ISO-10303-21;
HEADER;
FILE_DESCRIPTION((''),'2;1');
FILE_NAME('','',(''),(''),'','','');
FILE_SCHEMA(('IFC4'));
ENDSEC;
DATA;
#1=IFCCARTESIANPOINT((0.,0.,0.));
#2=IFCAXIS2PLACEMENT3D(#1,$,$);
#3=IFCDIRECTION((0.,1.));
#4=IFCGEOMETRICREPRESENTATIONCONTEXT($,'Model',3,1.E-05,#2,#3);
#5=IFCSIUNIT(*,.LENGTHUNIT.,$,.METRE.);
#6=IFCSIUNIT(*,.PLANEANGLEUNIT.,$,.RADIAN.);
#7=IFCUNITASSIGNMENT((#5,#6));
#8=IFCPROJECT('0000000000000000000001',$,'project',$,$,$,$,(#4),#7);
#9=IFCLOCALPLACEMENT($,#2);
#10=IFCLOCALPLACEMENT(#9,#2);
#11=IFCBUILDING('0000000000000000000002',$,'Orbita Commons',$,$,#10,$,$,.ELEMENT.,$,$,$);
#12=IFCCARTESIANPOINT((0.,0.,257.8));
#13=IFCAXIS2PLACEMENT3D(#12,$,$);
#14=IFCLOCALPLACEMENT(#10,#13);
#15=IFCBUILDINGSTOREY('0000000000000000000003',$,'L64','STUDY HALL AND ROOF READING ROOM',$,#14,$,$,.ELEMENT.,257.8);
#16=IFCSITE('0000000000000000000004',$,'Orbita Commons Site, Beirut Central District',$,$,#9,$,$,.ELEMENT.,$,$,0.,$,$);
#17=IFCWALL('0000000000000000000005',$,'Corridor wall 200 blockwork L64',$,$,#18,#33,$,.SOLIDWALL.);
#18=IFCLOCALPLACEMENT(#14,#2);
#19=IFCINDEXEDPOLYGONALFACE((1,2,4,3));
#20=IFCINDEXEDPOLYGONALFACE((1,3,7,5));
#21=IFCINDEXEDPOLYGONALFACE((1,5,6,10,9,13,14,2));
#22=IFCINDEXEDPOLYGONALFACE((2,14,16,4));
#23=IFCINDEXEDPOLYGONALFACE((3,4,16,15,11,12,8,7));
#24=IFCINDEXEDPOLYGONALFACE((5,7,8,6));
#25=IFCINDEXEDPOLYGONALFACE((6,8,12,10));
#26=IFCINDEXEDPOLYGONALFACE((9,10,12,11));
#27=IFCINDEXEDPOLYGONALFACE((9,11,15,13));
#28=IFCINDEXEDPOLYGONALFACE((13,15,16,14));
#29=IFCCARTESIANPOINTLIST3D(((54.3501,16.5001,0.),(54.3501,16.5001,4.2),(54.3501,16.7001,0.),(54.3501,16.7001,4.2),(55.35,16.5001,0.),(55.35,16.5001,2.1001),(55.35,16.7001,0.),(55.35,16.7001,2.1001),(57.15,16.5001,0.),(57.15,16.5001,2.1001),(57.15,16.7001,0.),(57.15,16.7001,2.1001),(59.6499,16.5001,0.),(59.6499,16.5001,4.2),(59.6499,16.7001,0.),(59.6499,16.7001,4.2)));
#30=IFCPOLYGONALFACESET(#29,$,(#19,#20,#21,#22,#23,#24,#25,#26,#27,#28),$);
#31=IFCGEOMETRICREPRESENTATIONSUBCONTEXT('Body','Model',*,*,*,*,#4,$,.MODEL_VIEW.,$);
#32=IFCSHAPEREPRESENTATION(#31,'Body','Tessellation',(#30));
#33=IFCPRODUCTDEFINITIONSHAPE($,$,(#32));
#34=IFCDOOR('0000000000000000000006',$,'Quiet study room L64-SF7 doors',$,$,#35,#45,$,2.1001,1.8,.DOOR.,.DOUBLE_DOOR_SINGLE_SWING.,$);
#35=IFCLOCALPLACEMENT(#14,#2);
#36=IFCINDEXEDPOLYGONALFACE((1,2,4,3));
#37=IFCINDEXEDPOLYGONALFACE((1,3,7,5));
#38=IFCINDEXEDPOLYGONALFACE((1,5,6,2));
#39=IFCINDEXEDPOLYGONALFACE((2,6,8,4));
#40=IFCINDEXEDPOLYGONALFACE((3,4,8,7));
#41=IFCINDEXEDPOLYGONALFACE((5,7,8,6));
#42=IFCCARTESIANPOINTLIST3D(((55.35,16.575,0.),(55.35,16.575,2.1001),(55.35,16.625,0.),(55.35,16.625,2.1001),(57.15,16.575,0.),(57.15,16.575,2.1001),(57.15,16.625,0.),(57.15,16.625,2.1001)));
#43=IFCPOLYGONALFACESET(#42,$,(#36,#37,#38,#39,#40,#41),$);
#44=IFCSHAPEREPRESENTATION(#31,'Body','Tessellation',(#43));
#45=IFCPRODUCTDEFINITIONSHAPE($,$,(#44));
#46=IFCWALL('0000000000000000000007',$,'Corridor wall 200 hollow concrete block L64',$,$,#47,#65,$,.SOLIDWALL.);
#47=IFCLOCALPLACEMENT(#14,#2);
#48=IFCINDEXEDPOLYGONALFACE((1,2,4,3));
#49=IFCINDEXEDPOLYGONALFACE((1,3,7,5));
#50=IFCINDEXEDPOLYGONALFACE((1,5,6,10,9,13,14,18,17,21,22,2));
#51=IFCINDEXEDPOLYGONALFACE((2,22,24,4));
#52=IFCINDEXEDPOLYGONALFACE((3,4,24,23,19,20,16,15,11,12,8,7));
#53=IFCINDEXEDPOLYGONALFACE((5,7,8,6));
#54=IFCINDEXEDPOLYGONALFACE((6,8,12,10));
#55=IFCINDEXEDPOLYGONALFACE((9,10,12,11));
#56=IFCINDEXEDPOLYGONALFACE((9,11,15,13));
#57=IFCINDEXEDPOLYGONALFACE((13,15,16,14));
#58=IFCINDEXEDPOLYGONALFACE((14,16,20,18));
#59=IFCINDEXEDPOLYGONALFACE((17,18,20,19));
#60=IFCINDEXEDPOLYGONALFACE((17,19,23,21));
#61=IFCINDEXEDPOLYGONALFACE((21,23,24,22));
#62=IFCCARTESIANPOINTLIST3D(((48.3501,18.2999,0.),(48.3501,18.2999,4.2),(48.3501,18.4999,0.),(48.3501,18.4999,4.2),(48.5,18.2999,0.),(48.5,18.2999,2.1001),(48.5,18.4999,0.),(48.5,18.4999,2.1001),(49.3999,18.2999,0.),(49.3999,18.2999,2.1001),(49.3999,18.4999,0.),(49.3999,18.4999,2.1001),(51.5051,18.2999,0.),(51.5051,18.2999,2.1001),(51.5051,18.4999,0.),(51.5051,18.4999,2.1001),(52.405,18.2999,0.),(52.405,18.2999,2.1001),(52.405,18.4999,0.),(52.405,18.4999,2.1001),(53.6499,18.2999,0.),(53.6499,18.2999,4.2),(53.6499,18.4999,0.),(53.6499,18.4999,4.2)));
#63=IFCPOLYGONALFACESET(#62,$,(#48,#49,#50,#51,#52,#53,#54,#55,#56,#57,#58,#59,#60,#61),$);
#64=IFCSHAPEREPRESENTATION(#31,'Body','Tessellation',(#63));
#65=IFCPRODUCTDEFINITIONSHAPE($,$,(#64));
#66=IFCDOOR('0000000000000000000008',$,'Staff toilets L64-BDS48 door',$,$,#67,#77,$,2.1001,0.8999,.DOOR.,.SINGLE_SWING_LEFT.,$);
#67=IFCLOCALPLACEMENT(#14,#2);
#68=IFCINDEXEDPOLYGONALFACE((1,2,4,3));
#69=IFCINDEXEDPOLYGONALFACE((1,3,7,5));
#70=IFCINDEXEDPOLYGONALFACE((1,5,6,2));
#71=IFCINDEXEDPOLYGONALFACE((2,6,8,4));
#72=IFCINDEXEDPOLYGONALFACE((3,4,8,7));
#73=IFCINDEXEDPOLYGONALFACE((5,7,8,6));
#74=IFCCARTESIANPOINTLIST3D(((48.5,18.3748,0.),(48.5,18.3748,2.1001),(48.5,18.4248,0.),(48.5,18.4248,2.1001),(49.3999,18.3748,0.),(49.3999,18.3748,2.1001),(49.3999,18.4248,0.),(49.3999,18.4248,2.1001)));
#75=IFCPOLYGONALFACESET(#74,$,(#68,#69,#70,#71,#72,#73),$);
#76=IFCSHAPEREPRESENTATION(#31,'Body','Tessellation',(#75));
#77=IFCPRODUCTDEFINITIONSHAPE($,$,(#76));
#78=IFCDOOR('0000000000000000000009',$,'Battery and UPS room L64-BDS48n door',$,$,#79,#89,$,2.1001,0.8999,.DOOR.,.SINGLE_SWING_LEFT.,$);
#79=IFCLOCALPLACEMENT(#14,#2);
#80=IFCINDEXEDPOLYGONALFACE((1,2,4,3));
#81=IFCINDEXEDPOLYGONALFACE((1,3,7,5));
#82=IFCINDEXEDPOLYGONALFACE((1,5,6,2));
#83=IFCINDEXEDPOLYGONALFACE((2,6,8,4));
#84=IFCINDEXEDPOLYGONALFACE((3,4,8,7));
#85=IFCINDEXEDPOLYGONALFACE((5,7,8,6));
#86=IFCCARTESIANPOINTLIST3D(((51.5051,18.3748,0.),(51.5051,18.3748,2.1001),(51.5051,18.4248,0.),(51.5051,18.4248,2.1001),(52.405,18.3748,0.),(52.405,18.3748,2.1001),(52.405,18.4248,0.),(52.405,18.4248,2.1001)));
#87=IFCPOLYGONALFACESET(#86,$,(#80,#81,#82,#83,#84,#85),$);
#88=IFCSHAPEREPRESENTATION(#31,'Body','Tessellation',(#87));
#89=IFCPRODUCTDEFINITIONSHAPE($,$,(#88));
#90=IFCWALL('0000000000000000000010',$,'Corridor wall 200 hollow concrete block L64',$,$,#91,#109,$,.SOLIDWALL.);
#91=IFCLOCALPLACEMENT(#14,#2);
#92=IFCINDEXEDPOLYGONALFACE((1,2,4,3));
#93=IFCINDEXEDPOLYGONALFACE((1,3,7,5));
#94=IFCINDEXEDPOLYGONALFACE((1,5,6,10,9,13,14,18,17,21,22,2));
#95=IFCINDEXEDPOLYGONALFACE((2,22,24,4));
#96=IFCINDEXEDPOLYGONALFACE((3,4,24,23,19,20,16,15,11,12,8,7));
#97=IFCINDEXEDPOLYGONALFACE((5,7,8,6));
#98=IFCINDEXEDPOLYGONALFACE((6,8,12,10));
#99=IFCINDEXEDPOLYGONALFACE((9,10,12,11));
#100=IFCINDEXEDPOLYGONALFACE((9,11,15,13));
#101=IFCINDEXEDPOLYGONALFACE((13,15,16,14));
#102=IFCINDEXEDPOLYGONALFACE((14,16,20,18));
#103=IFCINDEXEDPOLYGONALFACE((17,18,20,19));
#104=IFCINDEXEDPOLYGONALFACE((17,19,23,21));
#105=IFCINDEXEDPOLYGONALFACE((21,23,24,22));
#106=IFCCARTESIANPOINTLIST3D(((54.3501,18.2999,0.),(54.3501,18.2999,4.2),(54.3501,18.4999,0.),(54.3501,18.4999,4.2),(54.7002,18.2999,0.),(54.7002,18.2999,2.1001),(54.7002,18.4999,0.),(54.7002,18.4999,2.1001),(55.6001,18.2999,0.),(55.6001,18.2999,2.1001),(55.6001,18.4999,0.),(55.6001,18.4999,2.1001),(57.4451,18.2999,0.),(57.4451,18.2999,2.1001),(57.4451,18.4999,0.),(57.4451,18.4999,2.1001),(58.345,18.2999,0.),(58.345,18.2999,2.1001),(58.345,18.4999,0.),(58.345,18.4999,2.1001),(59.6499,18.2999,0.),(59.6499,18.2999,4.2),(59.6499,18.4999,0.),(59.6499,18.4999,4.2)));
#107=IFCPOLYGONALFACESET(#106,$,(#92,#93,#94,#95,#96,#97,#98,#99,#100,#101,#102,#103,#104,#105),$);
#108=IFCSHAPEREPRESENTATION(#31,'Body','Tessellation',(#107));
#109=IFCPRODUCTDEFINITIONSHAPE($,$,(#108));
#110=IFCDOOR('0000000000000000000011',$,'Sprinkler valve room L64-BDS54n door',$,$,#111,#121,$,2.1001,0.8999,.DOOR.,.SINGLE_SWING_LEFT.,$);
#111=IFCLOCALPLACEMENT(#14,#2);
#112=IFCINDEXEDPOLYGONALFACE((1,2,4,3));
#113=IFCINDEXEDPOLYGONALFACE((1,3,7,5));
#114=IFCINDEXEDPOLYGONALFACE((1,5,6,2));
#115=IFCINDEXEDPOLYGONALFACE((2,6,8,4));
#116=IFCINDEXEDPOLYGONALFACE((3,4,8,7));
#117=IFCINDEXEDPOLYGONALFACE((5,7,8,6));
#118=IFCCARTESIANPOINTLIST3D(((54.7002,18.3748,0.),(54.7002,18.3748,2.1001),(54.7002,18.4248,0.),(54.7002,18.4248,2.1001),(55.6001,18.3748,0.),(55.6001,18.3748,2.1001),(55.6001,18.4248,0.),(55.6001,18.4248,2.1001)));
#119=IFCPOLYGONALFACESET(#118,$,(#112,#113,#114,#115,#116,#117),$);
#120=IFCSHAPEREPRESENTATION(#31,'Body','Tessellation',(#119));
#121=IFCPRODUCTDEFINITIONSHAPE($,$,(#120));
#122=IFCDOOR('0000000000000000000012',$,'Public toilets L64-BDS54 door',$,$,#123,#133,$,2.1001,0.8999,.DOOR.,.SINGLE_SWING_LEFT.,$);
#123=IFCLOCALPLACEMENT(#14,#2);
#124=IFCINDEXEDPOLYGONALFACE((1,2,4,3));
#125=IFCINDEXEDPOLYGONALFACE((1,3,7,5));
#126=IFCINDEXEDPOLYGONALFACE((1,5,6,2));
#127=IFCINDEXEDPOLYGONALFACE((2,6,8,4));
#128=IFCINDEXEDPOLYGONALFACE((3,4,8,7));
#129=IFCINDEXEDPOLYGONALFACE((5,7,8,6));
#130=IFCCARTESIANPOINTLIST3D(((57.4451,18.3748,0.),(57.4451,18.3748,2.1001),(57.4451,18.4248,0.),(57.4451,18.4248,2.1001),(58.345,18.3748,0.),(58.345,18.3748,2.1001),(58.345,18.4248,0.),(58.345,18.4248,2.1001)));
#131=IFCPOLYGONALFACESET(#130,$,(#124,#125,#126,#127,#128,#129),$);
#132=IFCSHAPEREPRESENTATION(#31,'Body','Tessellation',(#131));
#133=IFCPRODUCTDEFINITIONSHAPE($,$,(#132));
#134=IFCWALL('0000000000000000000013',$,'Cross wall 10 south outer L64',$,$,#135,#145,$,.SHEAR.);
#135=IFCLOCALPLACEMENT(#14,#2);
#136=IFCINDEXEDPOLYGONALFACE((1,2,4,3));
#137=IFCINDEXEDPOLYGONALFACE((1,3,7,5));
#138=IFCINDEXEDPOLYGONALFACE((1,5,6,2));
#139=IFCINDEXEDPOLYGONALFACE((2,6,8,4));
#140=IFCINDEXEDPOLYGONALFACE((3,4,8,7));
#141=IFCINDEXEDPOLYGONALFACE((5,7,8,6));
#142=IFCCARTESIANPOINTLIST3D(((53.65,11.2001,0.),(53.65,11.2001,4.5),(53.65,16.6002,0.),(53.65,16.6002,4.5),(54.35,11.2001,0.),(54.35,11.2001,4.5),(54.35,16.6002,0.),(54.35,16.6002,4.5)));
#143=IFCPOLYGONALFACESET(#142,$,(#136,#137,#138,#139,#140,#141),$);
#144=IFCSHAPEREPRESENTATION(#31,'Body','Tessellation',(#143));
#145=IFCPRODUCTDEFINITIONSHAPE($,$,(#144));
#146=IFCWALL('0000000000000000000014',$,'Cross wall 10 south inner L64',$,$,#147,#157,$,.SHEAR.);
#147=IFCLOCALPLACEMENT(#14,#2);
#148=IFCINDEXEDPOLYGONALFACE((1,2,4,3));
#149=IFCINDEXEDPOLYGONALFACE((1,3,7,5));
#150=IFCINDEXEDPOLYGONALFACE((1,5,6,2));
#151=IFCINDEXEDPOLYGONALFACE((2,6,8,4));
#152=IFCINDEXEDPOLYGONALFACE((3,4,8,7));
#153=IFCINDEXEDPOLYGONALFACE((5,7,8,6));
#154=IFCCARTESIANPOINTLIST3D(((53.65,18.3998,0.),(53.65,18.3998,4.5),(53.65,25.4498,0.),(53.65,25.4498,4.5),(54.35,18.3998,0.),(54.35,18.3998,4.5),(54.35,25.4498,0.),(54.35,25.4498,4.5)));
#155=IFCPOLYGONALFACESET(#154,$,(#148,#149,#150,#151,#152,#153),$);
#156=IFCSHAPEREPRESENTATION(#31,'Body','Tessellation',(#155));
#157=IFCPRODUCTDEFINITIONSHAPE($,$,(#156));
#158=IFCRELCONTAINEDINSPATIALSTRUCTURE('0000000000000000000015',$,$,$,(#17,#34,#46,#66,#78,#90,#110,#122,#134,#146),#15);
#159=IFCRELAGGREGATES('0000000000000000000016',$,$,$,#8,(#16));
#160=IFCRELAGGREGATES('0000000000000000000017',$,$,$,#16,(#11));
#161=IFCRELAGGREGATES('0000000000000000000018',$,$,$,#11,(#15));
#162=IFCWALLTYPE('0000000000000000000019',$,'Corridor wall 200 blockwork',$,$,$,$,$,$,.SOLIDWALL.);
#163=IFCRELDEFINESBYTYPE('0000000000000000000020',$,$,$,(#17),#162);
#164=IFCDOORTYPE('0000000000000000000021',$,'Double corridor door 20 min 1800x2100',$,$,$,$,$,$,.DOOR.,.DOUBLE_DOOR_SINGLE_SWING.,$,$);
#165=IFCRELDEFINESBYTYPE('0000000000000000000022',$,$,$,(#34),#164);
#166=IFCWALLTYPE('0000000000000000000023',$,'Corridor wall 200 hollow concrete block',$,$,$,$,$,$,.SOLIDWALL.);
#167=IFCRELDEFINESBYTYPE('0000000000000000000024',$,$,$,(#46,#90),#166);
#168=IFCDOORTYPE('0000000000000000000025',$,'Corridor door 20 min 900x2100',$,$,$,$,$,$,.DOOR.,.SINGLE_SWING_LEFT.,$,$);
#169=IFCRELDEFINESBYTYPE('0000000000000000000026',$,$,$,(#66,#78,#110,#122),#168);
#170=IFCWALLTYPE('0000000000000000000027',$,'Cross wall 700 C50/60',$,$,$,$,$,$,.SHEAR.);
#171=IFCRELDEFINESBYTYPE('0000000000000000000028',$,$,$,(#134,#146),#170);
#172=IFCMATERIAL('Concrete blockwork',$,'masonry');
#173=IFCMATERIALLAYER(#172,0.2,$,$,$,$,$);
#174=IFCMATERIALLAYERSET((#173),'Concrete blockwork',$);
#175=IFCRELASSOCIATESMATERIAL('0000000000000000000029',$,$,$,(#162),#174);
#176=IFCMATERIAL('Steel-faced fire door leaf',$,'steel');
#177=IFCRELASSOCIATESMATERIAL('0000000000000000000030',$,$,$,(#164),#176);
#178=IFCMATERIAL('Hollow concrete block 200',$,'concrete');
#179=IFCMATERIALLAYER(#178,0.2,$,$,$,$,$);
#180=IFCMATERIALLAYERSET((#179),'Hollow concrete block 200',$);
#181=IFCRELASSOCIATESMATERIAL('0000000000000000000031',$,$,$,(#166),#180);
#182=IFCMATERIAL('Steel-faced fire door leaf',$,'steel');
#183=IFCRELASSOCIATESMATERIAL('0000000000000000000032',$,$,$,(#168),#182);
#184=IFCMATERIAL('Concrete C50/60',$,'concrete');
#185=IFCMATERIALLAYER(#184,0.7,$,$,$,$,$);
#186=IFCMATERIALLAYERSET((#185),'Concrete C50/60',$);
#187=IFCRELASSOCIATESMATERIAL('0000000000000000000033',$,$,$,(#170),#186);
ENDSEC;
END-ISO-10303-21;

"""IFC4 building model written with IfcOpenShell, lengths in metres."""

from ifc_helpers import new_model, si_unit, direction, frame, frame_2d, origin, place, context, subcontext, project, spatial, rectangle, extrude, material, layer, layer_set, type_object, element, fill, save


model = new_model("IFC4")

# Units and contexts
model_context = context("Model", 3, precision=1e-05, world=origin(), true_north=direction((0.0, 1.0)))
body_context = subcontext(model_context, "Body", "Model", "MODEL_VIEW")
ifc_project = project(units=[si_unit("LENGTHUNIT", "METRE"), si_unit("PLANEANGLEUNIT", "RADIAN")], contexts=[model_context])

# Site, building, storey
site_placement = place(None, origin())
site = spatial("IfcSite", under=ifc_project, at=site_placement, Name="Orbita Commons Site, Beirut Central District", CompositionType="ELEMENT", RefElevation=0.0)
building_placement = place(site_placement, origin())
building = spatial("IfcBuilding", under=site, at=building_placement, Name="Orbita Commons", CompositionType="ELEMENT")
storey_placement = place(building_placement, frame((0.0, 0.0, 257.8)))
storey = spatial("IfcBuildingStorey", under=building, at=storey_placement, Name="L64", Description="STUDY HALL AND ROOF READING ROOM", CompositionType="ELEMENT", Elevation=257.8)

# Wall, opening, door
ifc_material_1 = material(Name="Concrete blockwork", Category="masonry")
ifc_layer_1 = layer(ifc_material_1, 0.2)
ifc_layer_set_1 = layer_set([ifc_layer_1], Name="Concrete blockwork")
wall_type_1 = type_object("IfcWallType", Name="Corridor wall 200 blockwork", PredefinedType="SOLIDWALL", material=ifc_layer_set_1)
wall_1_placement = place(storey_placement, frame((54.3501, 16.6001, 0.0), z_axis=(0.0, 0.0, 1.0), x_axis=(1.0, 0.0, 0.0)))
wall_1 = element("IfcWall", 1, at=wall_1_placement, inside=storey, type_object=wall_type_1, Name="Corridor wall 200 blockwork L64", PredefinedType="SOLIDWALL", context=body_context, shape_type="SweptSolid", body=[
    extrude(rectangle(XDim=5.2998, YDim=0.2, at=frame_2d((2.6499, 0.0))), origin(), (0.0, 0.0, 1.0), 4.2),
])
opening_1_placement = place(wall_1_placement, frame((1.0, 0.0, 0.0)))
opening_1 = element("IfcOpeningElement", 2, at=opening_1_placement, cuts=wall_1, PredefinedType="OPENING", context=body_context, shape_type="SweptSolid", body=[
    extrude(rectangle(XDim=1.8, YDim=2.1001, at=frame_2d((0.8999, 1.05))), frame((0.0, 0.1099, 0.0), z_axis=(0.0, -1.0, 0.0), x_axis=(1.0, 0.0, 0.0)), (0.0, 0.0, 1.0), 0.22),
])
ifc_material_2 = material(Name="Steel-faced fire door leaf", Category="steel")
door_type_1 = type_object("IfcDoorType", Name="Double corridor door 20 min 1800x2100", OperationType="DOUBLE_DOOR_SINGLE_SWING", PredefinedType="DOOR", material=ifc_material_2)
door_1_placement = place(opening_1_placement, origin())
door_1 = element("IfcDoor", 3, at=door_1_placement, inside=storey, type_object=door_type_1, Name="Quiet study room L64-SF7 doors", OperationType="DOUBLE_DOOR_SINGLE_SWING", OverallHeight=2.1001, OverallWidth=1.8, PredefinedType="DOOR", context=body_context, shape_type="SweptSolid", body=[
    extrude(rectangle(XDim=1.8, YDim=2.1001, at=frame_2d((0.8999, 1.05))), frame((0.0, 0.0249, 0.0), z_axis=(0.0, -1.0, 0.0), x_axis=(1.0, 0.0, 0.0)), (0.0, 0.0, 1.0), 0.05),
])
fill(opening_1, door_1)

# Walls, openings, doors
ifc_material_3 = material(Name="Hollow concrete block 200", Category="concrete")
ifc_layer_2 = layer(ifc_material_3, 0.2)
ifc_layer_set_2 = layer_set([ifc_layer_2], Name="Hollow concrete block 200")
wall_type_2 = type_object("IfcWallType", Name="Corridor wall 200 hollow concrete block", PredefinedType="SOLIDWALL", material=ifc_layer_set_2)
wall_2_placement = place(storey_placement, frame((48.3501, 18.3999, 0.0), z_axis=(0.0, 0.0, 1.0), x_axis=(1.0, 0.0, 0.0)))
wall_2 = element("IfcWall", 4, at=wall_2_placement, inside=storey, type_object=wall_type_2, Name="Corridor wall 200 hollow concrete block L64", PredefinedType="SOLIDWALL", context=body_context, shape_type="SweptSolid", body=[
    extrude(rectangle(XDim=5.2998, YDim=0.2, at=frame_2d((2.6499, 0.0))), origin(), (0.0, 0.0, 1.0), 4.2),
])
opening_2_placement = place(wall_2_placement, frame((0.1499, 0.0, 0.0)))
opening_2 = element("IfcOpeningElement", 5, at=opening_2_placement, cuts=wall_2, PredefinedType="OPENING", context=body_context, shape_type="SweptSolid", body=[
    extrude(rectangle(XDim=0.8999, YDim=2.1001, at=frame_2d((0.45, 1.05))), frame((0.0, 0.1099, 0.0), z_axis=(0.0, -1.0, 0.0), x_axis=(1.0, 0.0, 0.0)), (0.0, 0.0, 1.0), 0.22),
])
opening_3_placement = place(wall_2_placement, frame((3.155, 0.0, 0.0)))
opening_3 = element("IfcOpeningElement", 6, at=opening_3_placement, cuts=wall_2, PredefinedType="OPENING", context=body_context, shape_type="SweptSolid", body=[
    extrude(rectangle(XDim=0.8999, YDim=2.1001, at=frame_2d((0.45, 1.05))), frame((0.0, 0.1099, 0.0), z_axis=(0.0, -1.0, 0.0), x_axis=(1.0, 0.0, 0.0)), (0.0, 0.0, 1.0), 0.22),
])
ifc_material_4 = material(Name="Steel-faced fire door leaf", Category="steel")
door_type_2 = type_object("IfcDoorType", Name="Corridor door 20 min 900x2100", OperationType="SINGLE_SWING_LEFT", PredefinedType="DOOR", material=ifc_material_4)
door_2_placement = place(opening_2_placement, origin())
door_2 = element("IfcDoor", 7, at=door_2_placement, inside=storey, type_object=door_type_2, Name="Staff toilets L64-BDS48 door", OperationType="SINGLE_SWING_LEFT", OverallHeight=2.1001, OverallWidth=0.8999, PredefinedType="DOOR", context=body_context, shape_type="SweptSolid", body=[
    extrude(rectangle(XDim=0.8999, YDim=2.1001, at=frame_2d((0.45, 1.05))), frame((0.0, 0.0249, 0.0), z_axis=(0.0, -1.0, 0.0), x_axis=(1.0, 0.0, 0.0)), (0.0, 0.0, 1.0), 0.05),
])
fill(opening_2, door_2)
door_3_placement = place(opening_3_placement, origin())
door_3 = element("IfcDoor", 8, at=door_3_placement, inside=storey, type_object=door_type_2, Name="Battery and UPS room L64-BDS48n door", OperationType="SINGLE_SWING_LEFT", OverallHeight=2.1001, OverallWidth=0.8999, PredefinedType="DOOR", context=body_context, shape_type="SweptSolid", body=[
    extrude(rectangle(XDim=0.8999, YDim=2.1001, at=frame_2d((0.45, 1.05))), frame((0.0, 0.0249, 0.0), z_axis=(0.0, -1.0, 0.0), x_axis=(1.0, 0.0, 0.0)), (0.0, 0.0, 1.0), 0.05),
])
fill(opening_3, door_3)
wall_3_placement = place(storey_placement, frame((54.3501, 18.3999, 0.0), z_axis=(0.0, 0.0, 1.0), x_axis=(1.0, 0.0, 0.0)))
wall_3 = element("IfcWall", 9, at=wall_3_placement, inside=storey, type_object=wall_type_2, Name="Corridor wall 200 hollow concrete block L64", PredefinedType="SOLIDWALL", context=body_context, shape_type="SweptSolid", body=[
    extrude(rectangle(XDim=5.2998, YDim=0.2, at=frame_2d((2.6499, 0.0))), origin(), (0.0, 0.0, 1.0), 4.2),
])
opening_4_placement = place(wall_3_placement, frame((0.3501, 0.0, 0.0)))
opening_4 = element("IfcOpeningElement", 10, at=opening_4_placement, cuts=wall_3, PredefinedType="OPENING", context=body_context, shape_type="SweptSolid", body=[
    extrude(rectangle(XDim=0.8999, YDim=2.1001, at=frame_2d((0.45, 1.05))), frame((0.0, 0.1099, 0.0), z_axis=(0.0, -1.0, 0.0), x_axis=(1.0, 0.0, 0.0)), (0.0, 0.0, 1.0), 0.22),
])
opening_5_placement = place(wall_3_placement, frame((3.095, 0.0, 0.0)))
opening_5 = element("IfcOpeningElement", 11, at=opening_5_placement, cuts=wall_3, PredefinedType="OPENING", context=body_context, shape_type="SweptSolid", body=[
    extrude(rectangle(XDim=0.8999, YDim=2.1001, at=frame_2d((0.45, 1.05))), frame((0.0, 0.1099, 0.0), z_axis=(0.0, -1.0, 0.0), x_axis=(1.0, 0.0, 0.0)), (0.0, 0.0, 1.0), 0.22),
])
door_4_placement = place(opening_4_placement, origin())
door_4 = element("IfcDoor", 12, at=door_4_placement, inside=storey, type_object=door_type_2, Name="Sprinkler valve room L64-BDS54n door", OperationType="SINGLE_SWING_LEFT", OverallHeight=2.1001, OverallWidth=0.8999, PredefinedType="DOOR", context=body_context, shape_type="SweptSolid", body=[
    extrude(rectangle(XDim=0.8999, YDim=2.1001, at=frame_2d((0.45, 1.05))), frame((0.0, 0.0249, 0.0), z_axis=(0.0, -1.0, 0.0), x_axis=(1.0, 0.0, 0.0)), (0.0, 0.0, 1.0), 0.05),
])
fill(opening_4, door_4)
door_5_placement = place(opening_5_placement, origin())
door_5 = element("IfcDoor", 13, at=door_5_placement, inside=storey, type_object=door_type_2, Name="Public toilets L64-BDS54 door", OperationType="SINGLE_SWING_LEFT", OverallHeight=2.1001, OverallWidth=0.8999, PredefinedType="DOOR", context=body_context, shape_type="SweptSolid", body=[
    extrude(rectangle(XDim=0.8999, YDim=2.1001, at=frame_2d((0.45, 1.05))), frame((0.0, 0.0249, 0.0), z_axis=(0.0, -1.0, 0.0), x_axis=(1.0, 0.0, 0.0)), (0.0, 0.0, 1.0), 0.05),
])
fill(opening_5, door_5)

# Walls
ifc_material_5 = material(Name="Concrete C50/60", Category="concrete")
ifc_layer_3 = layer(ifc_material_5, 0.7)
ifc_layer_set_3 = layer_set([ifc_layer_3], Name="Concrete C50/60")
wall_type_3 = type_object("IfcWallType", Name="Cross wall 700 C50/60", PredefinedType="SHEAR", material=ifc_layer_set_3)
wall_4_placement = place(storey_placement, frame((54.0, 11.2, 0.0), z_axis=(0.0, 0.0, 1.0), x_axis=(0.0, 1.0, 0.0)))
element("IfcWall", 14, at=wall_4_placement, inside=storey, type_object=wall_type_3, Name="Cross wall 10 south outer L64", PredefinedType="SHEAR", context=body_context, shape_type="SweptSolid", body=[
    extrude(rectangle(XDim=5.4001, YDim=0.7, at=frame_2d((2.7002, 0.0))), origin(), (0.0, 0.0, 1.0), 4.5),
])
wall_5_placement = place(storey_placement, frame((54.0, 18.3999, 0.0), z_axis=(0.0, 0.0, 1.0), x_axis=(0.0, 1.0, 0.0)))
element("IfcWall", 15, at=wall_5_placement, inside=storey, type_object=wall_type_3, Name="Cross wall 10 south inner L64", PredefinedType="SHEAR", context=body_context, shape_type="SweptSolid", body=[
    extrude(rectangle(XDim=7.05, YDim=0.7, at=frame_2d((3.5249, 0.0))), origin(), (0.0, 0.0, 1.0), 4.5),
])

save(model, "model.ifc")
